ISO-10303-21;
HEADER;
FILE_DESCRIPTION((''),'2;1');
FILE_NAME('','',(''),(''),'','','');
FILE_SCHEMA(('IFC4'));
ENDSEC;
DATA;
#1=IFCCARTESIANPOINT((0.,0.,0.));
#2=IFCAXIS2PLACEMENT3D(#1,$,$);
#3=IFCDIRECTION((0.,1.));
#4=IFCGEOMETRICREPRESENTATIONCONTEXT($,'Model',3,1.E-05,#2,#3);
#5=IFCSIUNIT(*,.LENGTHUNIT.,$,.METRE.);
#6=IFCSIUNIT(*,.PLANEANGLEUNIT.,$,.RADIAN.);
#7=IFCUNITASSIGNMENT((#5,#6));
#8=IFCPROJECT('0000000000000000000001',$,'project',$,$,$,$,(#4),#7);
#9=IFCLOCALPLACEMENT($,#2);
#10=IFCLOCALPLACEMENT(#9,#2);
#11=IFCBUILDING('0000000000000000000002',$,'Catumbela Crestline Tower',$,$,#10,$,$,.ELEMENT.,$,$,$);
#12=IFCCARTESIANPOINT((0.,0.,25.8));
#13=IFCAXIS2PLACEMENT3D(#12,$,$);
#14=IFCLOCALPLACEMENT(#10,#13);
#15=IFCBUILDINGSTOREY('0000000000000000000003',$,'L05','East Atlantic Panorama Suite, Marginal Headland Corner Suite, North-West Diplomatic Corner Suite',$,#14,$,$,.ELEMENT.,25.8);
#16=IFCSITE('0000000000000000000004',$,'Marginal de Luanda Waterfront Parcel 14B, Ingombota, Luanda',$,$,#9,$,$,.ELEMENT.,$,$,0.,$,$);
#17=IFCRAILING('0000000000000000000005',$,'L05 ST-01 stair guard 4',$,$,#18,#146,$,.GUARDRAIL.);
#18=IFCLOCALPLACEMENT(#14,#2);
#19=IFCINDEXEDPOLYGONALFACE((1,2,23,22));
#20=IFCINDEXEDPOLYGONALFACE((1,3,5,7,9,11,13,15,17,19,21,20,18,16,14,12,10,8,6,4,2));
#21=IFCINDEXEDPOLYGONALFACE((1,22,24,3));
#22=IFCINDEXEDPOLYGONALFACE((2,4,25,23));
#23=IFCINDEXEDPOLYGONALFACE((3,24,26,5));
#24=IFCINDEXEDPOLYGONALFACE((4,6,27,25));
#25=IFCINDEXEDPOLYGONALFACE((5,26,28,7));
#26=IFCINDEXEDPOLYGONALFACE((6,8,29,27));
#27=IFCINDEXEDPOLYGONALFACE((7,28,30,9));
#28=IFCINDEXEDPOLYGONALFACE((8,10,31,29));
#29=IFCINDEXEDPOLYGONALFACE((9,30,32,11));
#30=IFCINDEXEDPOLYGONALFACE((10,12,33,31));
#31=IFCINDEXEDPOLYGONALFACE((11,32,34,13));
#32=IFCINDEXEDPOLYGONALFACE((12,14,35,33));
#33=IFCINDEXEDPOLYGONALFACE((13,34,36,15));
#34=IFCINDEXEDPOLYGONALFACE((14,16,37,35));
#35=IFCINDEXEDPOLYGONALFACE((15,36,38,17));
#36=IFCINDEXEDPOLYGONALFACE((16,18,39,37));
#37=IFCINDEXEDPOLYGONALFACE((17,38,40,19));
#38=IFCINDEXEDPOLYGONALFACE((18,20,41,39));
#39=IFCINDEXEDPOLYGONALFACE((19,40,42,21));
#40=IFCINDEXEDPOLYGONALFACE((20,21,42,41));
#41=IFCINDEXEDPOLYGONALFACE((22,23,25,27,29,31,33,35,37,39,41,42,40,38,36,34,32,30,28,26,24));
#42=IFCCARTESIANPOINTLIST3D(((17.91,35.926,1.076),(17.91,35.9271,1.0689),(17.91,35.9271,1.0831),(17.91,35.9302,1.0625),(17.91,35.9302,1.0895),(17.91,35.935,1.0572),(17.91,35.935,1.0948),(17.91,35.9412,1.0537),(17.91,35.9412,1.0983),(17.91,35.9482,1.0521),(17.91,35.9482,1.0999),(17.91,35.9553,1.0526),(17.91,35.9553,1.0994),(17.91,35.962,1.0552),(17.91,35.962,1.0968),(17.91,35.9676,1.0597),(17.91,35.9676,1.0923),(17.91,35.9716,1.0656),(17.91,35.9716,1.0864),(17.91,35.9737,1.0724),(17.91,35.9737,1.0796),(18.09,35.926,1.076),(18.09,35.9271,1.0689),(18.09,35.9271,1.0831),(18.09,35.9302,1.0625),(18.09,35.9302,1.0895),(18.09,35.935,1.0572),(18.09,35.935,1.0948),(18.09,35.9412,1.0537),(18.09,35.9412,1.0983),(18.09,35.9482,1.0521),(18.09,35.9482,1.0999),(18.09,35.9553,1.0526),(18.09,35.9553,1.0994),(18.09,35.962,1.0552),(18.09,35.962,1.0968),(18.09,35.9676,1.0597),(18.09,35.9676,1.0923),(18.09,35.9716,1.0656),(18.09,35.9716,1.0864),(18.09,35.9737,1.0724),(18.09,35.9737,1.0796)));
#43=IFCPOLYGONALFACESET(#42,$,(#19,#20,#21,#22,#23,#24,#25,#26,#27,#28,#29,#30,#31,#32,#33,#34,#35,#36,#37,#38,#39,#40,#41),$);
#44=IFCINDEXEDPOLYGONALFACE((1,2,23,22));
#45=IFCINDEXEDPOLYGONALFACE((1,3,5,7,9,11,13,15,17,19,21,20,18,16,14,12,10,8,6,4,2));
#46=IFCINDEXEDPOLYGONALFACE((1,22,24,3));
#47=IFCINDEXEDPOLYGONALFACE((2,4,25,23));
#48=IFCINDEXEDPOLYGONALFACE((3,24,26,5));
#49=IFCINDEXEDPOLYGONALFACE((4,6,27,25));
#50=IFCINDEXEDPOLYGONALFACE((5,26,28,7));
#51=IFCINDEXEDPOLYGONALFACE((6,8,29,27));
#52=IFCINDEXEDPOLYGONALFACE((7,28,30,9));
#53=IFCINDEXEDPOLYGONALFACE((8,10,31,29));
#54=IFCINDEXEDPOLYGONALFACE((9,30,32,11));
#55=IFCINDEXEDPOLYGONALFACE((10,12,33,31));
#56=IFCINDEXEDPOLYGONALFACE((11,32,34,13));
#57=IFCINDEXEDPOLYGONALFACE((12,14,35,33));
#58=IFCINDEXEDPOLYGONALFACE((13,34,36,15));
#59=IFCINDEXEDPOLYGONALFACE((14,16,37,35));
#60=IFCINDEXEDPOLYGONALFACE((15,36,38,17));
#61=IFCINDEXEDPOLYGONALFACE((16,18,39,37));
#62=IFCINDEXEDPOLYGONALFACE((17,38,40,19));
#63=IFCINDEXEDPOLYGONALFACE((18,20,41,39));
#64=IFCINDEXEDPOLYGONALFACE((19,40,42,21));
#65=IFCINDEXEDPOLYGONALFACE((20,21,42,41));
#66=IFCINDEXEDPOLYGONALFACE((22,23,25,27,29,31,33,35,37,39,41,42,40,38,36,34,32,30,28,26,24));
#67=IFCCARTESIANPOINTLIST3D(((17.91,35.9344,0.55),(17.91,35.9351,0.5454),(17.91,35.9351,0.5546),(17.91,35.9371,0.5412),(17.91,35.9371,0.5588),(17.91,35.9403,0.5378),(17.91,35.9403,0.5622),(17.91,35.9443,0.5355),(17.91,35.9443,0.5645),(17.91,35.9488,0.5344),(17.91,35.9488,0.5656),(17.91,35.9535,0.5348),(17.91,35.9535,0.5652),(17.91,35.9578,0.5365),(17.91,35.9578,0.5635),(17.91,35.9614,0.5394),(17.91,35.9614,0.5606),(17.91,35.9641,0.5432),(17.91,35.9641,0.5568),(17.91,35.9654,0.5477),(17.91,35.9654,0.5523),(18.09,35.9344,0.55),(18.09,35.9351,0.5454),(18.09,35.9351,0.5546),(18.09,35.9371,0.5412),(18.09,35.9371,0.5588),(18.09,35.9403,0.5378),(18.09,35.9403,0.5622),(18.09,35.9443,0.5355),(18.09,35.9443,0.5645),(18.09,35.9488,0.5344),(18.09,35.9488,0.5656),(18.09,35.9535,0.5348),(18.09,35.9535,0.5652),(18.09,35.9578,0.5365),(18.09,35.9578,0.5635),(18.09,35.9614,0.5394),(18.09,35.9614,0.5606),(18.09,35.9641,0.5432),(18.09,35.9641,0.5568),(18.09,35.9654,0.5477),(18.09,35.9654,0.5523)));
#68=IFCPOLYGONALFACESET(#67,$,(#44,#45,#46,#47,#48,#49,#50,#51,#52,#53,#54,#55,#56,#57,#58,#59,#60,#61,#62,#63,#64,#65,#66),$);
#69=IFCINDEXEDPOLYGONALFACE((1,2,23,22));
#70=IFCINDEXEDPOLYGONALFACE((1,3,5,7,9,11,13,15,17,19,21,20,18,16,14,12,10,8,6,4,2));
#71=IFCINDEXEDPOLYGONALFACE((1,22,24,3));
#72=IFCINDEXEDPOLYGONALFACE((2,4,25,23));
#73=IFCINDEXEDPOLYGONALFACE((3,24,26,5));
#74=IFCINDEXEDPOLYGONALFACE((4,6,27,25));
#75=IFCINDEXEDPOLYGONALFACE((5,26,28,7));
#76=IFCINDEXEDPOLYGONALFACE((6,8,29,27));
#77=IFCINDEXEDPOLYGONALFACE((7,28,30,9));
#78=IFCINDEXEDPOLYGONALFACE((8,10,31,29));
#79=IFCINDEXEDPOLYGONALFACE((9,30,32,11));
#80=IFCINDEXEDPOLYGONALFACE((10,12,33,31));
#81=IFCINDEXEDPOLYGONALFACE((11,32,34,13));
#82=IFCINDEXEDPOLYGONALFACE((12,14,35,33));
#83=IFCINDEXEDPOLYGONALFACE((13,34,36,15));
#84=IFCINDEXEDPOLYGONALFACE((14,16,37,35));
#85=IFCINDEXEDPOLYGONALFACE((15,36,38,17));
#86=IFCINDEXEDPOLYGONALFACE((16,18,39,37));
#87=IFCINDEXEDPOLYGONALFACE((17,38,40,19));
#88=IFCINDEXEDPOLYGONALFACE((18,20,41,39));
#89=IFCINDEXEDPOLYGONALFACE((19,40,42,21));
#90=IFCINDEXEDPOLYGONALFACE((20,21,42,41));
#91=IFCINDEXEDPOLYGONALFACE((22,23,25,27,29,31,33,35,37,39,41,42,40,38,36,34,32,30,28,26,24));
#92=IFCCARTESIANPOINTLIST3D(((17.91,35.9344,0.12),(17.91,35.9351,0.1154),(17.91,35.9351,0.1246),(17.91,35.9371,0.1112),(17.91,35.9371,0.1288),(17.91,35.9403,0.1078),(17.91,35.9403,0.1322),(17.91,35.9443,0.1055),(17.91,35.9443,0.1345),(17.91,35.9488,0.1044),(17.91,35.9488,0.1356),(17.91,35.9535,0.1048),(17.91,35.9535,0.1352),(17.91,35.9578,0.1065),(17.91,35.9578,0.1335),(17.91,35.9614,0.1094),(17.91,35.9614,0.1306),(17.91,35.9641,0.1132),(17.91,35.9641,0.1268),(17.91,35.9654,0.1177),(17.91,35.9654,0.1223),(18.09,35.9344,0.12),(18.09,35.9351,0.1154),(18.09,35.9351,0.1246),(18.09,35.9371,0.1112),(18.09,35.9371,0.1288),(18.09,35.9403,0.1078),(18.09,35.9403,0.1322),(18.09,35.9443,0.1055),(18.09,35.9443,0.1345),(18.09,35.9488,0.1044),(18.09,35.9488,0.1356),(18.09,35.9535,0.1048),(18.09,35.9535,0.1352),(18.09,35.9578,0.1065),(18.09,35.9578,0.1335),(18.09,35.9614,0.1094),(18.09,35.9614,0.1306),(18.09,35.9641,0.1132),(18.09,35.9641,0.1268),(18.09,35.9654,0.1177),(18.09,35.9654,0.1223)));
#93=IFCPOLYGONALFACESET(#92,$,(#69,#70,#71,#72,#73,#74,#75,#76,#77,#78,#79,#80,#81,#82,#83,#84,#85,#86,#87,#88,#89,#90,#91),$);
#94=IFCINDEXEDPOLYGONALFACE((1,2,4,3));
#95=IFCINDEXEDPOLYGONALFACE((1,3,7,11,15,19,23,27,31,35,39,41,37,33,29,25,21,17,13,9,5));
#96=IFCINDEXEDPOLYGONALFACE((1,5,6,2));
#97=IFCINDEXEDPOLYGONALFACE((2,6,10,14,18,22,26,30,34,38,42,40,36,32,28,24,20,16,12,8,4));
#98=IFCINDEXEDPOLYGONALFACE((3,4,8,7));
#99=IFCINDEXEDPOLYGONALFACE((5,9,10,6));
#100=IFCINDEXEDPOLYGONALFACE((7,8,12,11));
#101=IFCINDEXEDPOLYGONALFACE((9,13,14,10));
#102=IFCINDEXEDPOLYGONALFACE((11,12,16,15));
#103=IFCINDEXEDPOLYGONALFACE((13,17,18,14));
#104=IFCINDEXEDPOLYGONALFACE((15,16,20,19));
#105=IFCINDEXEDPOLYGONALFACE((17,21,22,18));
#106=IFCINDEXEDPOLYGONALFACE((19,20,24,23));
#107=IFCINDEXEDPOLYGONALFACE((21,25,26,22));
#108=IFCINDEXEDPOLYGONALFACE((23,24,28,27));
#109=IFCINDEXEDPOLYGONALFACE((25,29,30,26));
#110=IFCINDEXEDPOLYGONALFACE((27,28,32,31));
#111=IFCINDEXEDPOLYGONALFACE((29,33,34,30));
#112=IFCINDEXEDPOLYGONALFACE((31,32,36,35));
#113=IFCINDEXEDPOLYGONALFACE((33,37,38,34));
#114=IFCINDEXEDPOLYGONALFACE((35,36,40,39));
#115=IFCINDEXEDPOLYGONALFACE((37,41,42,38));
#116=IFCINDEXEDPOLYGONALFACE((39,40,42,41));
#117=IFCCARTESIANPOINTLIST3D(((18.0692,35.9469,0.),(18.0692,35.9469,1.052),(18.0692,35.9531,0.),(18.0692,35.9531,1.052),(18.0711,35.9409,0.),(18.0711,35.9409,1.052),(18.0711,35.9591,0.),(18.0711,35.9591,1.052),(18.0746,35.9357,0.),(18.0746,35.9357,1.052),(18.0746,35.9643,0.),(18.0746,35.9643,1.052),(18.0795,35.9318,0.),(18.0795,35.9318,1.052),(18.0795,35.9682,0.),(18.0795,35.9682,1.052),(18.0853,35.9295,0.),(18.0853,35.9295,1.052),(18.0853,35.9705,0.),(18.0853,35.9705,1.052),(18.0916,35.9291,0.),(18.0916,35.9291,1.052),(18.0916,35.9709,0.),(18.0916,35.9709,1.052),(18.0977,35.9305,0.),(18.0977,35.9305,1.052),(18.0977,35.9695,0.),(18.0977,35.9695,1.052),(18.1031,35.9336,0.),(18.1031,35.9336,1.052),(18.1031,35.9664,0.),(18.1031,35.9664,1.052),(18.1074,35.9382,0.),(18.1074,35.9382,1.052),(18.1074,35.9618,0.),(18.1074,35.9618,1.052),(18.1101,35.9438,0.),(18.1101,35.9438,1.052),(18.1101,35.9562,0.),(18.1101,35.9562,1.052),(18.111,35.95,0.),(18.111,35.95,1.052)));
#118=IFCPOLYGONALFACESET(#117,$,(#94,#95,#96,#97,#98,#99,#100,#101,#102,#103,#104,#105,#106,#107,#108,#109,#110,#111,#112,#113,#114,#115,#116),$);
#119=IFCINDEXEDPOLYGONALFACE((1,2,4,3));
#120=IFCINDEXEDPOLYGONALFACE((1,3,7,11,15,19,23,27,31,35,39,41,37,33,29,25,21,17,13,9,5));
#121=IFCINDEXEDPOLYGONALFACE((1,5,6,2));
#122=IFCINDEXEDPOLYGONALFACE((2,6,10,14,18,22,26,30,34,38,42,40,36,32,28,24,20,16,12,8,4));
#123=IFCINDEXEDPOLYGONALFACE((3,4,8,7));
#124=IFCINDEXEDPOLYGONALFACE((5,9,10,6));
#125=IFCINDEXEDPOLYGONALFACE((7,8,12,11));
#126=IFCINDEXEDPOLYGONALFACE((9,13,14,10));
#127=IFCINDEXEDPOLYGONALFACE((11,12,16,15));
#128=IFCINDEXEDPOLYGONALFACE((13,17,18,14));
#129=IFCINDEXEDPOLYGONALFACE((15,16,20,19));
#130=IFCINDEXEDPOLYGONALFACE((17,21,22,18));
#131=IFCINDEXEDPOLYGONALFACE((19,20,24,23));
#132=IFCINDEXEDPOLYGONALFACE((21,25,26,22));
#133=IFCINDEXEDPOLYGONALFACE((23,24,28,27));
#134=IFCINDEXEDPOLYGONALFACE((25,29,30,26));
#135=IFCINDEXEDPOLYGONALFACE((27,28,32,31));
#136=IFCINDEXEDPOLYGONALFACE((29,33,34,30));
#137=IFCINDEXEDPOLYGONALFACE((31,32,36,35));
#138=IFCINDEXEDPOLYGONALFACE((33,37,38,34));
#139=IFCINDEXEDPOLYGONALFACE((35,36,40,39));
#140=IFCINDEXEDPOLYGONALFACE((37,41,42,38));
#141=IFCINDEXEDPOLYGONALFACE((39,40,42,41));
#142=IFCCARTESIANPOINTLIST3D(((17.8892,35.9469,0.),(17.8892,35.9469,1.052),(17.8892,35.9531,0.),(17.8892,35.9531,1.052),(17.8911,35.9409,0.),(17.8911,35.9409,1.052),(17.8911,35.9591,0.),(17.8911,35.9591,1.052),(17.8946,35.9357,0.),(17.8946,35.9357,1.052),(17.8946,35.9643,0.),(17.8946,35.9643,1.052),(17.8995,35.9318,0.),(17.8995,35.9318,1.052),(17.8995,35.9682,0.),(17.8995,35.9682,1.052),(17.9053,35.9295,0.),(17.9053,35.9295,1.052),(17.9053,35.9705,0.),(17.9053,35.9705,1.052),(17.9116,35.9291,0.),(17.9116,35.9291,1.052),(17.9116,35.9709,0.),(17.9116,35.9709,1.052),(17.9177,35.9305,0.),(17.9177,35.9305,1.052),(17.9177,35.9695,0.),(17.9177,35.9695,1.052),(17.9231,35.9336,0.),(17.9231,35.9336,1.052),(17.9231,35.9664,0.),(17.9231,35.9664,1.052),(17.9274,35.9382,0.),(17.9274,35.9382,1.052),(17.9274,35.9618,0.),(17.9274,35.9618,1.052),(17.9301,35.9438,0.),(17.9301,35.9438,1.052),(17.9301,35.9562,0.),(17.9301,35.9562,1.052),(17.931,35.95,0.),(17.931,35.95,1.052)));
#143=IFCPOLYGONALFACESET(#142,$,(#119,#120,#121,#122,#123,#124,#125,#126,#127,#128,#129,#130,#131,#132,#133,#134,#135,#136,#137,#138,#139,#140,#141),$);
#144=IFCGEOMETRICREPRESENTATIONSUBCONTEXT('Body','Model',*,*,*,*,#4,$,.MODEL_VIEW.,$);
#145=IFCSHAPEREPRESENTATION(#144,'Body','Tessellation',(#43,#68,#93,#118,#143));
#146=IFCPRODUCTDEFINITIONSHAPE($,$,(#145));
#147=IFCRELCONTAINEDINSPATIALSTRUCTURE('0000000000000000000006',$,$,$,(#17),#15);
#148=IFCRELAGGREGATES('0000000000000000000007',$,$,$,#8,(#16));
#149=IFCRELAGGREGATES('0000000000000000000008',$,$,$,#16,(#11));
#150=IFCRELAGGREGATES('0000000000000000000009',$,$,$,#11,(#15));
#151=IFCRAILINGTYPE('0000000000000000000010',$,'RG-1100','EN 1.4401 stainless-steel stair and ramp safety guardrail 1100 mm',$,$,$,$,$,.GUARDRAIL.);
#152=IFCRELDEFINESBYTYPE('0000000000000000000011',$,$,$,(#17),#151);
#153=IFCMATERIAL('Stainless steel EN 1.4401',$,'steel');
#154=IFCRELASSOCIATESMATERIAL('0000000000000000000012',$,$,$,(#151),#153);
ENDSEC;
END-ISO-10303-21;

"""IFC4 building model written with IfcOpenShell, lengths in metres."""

from ifc_helpers import new_model, si_unit, direction, frame, origin, origin_2d, place, context, subcontext, project, spatial, circle, extrude, material, type_object, element, save


model = new_model("IFC4")

# Units and contexts
model_context = context("Model", 3, precision=1e-05, world=origin(), true_north=direction((0.0, 1.0)))
body_context = subcontext(model_context, "Body", "Model", "MODEL_VIEW")
ifc_project = project(units=[si_unit("LENGTHUNIT", "METRE"), si_unit("PLANEANGLEUNIT", "RADIAN")], contexts=[model_context])

# Site, building, storey
site_placement = place(None, origin())
site = spatial("IfcSite", under=ifc_project, at=site_placement, Name="Marginal de Luanda Waterfront Parcel 14B, Ingombota, Luanda", CompositionType="ELEMENT", RefElevation=0.0)
building_placement = place(site_placement, origin())
building = spatial("IfcBuilding", under=site, at=building_placement, Name="Catumbela Crestline Tower", CompositionType="ELEMENT")
storey_placement = place(building_placement, frame((0.0, 0.0, 25.8)))
storey = spatial("IfcBuildingStorey", under=building, at=storey_placement, Name="L05", Description="East Atlantic Panorama Suite, Marginal Headland Corner Suite, North-West Diplomatic Corner Suite", CompositionType="ELEMENT", Elevation=25.8)

# Shared definitions
ifc_material_1 = material(Name="Stainless steel EN 1.4401", Category="steel")

# Railing
railing_type_1 = type_object("IfcRailingType", Name="RG-1100", Description="EN 1.4401 stainless-steel stair and ramp safety guardrail 1100 mm", PredefinedType="GUARDRAIL", material=ifc_material_1)
railing_1_placement = place(storey_placement, frame((18.09, 35.95, 0.0)))
element("IfcRailing", 1, at=railing_1_placement, inside=storey, type_object=railing_type_1, Name="L05 ST-01 stair guard 4", PredefinedType="GUARDRAIL", context=body_context, shape_type="SweptSolid", body=[
    extrude(circle(Radius=0.024, at=origin_2d()), frame((0.0, 0.0, 1.076), z_axis=(-1.0, 0.0, 0.0), x_axis=(0.0, -1.0, 0.0)), (0.0, 0.0, 1.0), 0.18),
    extrude(circle(Radius=0.0156, at=origin_2d()), frame((0.0, 0.0, 0.55), z_axis=(-1.0, 0.0, 0.0), x_axis=(0.0, -1.0, 0.0)), (0.0, 0.0, 1.0), 0.18),
    extrude(circle(Radius=0.0156, at=origin_2d()), frame((0.0, 0.0, 0.12), z_axis=(-1.0, 0.0, 0.0), x_axis=(0.0, -1.0, 0.0)), (0.0, 0.0, 1.0), 0.18),
    extrude(circle(Radius=0.021, at=origin_2d()), origin(), (0.0, 0.0, 1.0), 1.052),
    extrude(circle(Radius=0.021, at=origin_2d()), frame((-0.18, 0.0, 0.0)), (0.0, 0.0, 1.0), 1.052),
])

save(model, "model.ifc")
